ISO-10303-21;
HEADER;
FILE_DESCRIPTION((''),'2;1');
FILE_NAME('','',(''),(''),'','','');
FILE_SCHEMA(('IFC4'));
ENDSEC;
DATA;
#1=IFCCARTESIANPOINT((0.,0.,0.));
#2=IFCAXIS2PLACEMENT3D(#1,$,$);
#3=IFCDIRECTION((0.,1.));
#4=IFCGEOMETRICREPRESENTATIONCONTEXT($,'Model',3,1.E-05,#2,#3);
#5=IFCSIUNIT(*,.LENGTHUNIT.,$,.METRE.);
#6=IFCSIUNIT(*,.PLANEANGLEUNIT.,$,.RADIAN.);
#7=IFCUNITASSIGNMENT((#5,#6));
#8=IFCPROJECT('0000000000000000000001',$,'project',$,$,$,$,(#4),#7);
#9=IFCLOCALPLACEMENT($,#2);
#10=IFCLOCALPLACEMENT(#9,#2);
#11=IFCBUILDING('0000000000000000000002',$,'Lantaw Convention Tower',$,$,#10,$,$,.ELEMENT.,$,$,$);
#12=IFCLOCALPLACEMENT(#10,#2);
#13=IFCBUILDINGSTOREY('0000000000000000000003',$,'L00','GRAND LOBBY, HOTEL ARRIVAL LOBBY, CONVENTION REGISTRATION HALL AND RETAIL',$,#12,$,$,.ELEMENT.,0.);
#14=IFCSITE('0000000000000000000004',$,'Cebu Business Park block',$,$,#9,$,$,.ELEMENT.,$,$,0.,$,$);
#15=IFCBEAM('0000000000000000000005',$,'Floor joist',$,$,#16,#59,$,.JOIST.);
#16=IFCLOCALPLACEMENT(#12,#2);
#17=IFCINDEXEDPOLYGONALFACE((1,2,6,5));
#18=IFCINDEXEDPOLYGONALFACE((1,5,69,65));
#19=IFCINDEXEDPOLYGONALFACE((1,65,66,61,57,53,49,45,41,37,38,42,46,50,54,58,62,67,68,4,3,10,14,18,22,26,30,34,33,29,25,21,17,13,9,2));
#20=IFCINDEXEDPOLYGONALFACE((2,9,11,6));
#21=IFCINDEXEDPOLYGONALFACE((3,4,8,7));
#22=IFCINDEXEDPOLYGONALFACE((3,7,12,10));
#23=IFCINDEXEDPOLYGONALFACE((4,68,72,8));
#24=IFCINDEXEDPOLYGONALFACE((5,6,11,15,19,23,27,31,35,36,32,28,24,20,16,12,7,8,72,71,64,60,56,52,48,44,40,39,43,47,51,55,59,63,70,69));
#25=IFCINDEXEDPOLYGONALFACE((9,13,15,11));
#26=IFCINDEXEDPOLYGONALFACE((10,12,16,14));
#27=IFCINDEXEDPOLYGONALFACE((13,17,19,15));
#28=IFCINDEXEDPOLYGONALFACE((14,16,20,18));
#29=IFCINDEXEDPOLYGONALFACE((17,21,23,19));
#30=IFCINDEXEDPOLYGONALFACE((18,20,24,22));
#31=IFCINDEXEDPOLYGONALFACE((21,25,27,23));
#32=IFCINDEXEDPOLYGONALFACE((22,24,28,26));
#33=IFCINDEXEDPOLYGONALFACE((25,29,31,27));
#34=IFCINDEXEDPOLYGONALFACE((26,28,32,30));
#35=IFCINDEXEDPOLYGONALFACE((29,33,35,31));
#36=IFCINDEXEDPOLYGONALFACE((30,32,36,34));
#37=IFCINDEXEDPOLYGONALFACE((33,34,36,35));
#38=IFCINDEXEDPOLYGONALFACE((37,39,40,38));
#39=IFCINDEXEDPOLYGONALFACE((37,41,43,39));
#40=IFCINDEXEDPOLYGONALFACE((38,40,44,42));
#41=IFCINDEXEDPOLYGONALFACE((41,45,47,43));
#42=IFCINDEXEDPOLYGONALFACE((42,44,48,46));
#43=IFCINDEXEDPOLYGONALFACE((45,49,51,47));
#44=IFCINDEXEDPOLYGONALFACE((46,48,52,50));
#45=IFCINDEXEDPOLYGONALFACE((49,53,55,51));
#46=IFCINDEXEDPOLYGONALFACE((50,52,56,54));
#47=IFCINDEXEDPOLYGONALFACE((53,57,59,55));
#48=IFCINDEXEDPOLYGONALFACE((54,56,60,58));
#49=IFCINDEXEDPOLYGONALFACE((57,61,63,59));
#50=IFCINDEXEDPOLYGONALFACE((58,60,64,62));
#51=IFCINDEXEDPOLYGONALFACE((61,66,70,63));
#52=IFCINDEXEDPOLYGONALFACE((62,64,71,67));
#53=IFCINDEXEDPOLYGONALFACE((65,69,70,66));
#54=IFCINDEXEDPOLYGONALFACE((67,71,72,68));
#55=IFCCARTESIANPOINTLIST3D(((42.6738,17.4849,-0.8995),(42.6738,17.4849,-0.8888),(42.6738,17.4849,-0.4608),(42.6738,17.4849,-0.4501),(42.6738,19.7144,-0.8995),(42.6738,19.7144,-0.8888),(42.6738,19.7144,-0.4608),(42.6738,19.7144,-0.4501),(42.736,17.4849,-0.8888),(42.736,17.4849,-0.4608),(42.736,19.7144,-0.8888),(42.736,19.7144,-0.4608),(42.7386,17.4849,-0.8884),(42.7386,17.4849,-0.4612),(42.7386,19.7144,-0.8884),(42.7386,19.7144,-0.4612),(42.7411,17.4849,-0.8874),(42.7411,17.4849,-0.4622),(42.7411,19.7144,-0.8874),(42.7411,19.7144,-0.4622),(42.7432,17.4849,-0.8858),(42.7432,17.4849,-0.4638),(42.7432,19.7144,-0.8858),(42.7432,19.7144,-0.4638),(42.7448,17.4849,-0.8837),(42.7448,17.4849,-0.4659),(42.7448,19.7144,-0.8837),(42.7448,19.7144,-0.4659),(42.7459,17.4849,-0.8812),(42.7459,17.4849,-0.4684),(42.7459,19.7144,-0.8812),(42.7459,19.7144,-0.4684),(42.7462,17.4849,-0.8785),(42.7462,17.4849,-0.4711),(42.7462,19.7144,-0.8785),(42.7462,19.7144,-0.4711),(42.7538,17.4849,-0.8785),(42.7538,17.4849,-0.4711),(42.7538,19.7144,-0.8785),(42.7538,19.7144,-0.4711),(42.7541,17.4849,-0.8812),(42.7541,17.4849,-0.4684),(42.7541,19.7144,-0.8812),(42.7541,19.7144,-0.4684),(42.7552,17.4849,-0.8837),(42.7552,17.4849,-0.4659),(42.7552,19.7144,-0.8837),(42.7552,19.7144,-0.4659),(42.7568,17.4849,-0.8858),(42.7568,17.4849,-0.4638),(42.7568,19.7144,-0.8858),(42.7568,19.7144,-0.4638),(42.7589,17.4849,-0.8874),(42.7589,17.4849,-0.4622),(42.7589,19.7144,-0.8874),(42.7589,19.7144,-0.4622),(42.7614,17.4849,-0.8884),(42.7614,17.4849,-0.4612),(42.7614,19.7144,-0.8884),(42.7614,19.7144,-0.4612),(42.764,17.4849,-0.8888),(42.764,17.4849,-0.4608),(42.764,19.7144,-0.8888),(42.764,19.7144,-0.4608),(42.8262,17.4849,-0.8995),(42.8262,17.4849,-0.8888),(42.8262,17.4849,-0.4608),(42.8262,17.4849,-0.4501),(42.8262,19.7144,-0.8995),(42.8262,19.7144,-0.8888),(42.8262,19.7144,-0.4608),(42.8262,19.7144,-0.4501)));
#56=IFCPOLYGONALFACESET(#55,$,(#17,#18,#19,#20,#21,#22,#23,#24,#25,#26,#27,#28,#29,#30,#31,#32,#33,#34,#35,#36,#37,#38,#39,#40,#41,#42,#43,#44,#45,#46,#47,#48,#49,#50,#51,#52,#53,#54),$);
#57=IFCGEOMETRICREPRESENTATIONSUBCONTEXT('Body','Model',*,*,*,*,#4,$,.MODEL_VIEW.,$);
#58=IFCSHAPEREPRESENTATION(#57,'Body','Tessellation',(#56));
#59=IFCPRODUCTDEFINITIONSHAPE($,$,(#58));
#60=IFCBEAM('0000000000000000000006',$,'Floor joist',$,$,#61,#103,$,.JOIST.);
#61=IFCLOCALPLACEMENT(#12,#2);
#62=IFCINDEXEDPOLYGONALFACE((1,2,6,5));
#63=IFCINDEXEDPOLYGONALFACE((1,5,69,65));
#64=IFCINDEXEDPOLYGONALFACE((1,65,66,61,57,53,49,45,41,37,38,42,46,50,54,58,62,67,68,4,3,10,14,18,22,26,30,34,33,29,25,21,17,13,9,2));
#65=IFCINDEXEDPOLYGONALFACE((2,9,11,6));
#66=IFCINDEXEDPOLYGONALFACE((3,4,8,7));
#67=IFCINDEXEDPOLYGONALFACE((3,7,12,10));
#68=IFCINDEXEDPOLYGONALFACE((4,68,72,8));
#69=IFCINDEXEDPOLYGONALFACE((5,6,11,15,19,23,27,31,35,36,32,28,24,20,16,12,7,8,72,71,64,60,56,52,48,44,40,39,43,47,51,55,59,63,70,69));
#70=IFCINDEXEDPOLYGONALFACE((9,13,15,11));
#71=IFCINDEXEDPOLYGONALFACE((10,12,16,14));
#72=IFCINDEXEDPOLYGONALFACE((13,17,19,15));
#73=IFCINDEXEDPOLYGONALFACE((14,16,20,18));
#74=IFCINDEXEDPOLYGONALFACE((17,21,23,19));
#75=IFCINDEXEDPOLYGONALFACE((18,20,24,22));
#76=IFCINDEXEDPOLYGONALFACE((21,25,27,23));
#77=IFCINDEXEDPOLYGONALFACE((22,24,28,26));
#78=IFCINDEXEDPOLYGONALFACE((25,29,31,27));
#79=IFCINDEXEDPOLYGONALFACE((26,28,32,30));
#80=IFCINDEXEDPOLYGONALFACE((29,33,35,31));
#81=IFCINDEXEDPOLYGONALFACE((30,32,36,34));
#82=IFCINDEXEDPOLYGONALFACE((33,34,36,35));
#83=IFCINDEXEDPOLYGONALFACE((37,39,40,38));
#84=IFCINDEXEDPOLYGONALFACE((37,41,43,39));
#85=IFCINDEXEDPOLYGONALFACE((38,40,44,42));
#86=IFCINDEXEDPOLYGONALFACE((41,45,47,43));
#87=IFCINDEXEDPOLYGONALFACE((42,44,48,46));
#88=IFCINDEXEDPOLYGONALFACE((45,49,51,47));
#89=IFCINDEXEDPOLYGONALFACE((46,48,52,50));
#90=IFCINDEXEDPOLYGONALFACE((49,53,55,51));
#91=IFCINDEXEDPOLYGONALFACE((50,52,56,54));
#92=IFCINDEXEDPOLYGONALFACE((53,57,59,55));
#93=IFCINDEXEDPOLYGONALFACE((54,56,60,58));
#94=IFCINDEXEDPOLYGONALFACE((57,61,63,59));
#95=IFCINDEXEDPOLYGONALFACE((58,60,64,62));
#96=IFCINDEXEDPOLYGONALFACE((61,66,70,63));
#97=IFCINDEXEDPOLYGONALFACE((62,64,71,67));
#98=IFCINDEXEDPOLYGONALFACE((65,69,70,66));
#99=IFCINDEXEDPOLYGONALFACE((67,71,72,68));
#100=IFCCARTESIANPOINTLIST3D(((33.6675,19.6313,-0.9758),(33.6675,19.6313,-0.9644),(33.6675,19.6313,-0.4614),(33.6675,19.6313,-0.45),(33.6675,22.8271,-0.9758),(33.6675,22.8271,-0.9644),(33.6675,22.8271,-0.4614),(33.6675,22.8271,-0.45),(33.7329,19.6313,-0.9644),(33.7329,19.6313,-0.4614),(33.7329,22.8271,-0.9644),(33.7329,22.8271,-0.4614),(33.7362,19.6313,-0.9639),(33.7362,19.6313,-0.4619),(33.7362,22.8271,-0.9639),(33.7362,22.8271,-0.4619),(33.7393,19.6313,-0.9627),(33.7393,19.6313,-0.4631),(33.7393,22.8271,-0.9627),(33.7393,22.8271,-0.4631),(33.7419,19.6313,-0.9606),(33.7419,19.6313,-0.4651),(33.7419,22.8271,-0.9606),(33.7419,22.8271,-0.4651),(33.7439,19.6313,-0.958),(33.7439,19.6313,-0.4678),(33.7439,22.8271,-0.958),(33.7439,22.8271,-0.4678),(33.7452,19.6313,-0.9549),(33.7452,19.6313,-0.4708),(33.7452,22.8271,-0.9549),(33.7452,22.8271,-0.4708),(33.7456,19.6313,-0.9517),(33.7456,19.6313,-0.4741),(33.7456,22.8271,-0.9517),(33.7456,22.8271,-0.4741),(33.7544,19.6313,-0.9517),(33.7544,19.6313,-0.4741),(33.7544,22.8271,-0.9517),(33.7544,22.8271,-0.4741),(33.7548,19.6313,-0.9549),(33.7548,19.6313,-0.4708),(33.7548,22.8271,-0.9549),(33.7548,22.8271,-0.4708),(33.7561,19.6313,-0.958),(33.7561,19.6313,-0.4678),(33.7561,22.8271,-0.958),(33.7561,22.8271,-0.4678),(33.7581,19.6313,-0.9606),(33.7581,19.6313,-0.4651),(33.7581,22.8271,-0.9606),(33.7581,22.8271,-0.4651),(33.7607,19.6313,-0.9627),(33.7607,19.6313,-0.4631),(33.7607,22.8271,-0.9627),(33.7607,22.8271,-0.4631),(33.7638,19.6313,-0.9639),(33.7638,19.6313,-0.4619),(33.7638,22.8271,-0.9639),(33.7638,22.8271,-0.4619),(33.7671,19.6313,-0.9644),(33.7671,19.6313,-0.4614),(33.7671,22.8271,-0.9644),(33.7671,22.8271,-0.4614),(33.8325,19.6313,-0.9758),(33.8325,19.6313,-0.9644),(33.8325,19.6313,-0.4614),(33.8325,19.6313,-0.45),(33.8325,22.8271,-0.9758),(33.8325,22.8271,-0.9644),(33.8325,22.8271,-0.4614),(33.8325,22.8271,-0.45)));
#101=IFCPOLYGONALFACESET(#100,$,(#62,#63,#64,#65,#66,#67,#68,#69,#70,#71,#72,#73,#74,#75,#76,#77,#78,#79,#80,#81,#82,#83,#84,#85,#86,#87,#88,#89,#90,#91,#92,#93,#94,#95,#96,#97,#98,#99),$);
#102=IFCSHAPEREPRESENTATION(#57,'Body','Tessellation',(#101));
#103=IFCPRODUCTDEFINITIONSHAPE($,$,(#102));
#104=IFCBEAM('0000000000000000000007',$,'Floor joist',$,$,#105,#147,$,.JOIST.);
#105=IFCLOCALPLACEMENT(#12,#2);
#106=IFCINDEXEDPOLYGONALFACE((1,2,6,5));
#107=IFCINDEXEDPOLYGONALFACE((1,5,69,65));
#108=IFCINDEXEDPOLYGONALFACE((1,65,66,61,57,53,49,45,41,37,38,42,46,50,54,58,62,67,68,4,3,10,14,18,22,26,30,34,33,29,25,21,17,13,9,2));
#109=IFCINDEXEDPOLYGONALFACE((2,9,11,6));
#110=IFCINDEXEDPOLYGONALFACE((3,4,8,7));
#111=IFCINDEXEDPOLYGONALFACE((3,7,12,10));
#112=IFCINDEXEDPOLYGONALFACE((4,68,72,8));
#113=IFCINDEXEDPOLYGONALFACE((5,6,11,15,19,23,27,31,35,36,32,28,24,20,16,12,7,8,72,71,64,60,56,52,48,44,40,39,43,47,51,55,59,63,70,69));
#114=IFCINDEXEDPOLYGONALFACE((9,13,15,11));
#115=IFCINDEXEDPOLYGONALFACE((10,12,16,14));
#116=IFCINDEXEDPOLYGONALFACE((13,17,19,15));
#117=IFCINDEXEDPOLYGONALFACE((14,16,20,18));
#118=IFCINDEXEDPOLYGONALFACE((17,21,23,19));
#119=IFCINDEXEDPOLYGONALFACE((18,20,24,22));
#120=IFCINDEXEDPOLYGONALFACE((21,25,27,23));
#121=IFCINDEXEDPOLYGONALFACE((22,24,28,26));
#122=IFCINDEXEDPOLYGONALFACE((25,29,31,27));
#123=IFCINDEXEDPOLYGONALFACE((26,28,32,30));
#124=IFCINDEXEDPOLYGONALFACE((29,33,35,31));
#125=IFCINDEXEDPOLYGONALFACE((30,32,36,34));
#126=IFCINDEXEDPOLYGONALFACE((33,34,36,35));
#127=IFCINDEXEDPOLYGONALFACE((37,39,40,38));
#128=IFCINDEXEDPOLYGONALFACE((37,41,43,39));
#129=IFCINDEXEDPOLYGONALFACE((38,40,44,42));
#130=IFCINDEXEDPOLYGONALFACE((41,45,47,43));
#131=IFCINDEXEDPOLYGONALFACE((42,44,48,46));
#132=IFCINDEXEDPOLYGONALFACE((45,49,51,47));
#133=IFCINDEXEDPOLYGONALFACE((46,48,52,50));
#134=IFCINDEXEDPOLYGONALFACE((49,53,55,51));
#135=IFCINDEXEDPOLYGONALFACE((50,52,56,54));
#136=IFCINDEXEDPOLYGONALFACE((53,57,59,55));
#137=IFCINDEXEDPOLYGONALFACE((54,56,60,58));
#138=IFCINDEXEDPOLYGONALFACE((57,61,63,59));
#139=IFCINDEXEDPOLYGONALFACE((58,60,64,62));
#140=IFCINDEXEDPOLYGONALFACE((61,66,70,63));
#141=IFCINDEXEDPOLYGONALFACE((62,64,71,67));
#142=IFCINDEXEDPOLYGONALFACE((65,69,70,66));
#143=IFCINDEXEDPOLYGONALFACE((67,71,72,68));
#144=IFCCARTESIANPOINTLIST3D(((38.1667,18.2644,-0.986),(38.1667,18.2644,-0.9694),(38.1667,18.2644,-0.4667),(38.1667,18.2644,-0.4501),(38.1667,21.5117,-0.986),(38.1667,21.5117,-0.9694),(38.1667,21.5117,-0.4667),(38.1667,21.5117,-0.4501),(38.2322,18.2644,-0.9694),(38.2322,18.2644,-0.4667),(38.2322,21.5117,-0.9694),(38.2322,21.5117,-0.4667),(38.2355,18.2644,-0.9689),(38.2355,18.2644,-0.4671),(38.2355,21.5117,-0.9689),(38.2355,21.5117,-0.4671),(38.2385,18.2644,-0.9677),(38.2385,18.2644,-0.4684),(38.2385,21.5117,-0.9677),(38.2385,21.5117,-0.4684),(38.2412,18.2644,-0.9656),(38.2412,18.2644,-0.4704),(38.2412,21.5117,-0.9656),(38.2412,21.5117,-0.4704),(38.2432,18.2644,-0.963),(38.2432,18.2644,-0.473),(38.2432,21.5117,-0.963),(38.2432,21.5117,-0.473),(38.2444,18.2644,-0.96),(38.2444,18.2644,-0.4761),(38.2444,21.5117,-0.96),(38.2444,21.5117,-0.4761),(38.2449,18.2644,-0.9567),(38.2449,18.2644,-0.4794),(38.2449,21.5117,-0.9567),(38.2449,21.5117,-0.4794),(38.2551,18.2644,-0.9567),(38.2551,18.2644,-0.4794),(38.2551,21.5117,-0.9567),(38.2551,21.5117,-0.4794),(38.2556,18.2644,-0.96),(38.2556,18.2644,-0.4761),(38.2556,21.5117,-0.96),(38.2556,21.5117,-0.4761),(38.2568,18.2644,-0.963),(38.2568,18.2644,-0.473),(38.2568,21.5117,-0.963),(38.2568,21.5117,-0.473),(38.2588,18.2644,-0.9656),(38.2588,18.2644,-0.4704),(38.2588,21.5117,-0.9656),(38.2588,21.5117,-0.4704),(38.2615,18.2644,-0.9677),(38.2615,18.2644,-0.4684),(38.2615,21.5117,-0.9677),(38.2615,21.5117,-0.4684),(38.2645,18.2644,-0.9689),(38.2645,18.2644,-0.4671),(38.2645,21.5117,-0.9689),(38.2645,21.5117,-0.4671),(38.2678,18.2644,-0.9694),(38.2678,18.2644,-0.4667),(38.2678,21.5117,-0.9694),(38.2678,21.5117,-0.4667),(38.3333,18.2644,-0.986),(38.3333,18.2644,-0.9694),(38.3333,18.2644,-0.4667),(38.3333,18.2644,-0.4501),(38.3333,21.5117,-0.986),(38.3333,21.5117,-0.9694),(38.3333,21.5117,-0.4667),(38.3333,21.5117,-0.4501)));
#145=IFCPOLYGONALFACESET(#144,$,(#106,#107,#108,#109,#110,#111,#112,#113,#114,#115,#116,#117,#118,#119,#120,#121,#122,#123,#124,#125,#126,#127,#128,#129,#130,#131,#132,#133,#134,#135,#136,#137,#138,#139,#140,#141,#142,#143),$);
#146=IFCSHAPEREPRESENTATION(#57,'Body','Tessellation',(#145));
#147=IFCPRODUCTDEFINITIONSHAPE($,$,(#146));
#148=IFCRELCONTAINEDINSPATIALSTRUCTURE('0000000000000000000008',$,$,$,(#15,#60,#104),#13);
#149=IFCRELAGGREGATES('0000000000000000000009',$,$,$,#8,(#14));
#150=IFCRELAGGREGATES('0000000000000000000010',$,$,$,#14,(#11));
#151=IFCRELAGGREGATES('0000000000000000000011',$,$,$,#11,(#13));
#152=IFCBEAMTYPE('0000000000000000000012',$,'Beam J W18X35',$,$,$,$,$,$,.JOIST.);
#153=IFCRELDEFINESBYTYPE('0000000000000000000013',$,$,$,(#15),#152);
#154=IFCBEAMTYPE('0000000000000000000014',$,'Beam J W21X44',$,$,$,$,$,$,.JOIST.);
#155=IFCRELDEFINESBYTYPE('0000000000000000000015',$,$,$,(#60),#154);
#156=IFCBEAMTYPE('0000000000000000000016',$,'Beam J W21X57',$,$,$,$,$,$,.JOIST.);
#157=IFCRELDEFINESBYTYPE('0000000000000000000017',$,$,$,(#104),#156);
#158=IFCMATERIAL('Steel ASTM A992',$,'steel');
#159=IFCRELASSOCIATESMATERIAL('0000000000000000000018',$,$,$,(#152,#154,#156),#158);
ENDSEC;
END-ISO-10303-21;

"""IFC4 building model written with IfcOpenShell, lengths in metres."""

from ifc_helpers import new_model, si_unit, direction, frame, origin, origin_2d, place, context, subcontext, project, spatial, i_section, extrude, material, material_profile, profile_set, type_object, element, save


model = new_model("IFC4")

# Units and contexts
model_context = context("Model", 3, precision=1e-05, world=origin(), true_north=direction((0.0, 1.0)))
body_context = subcontext(model_context, "Body", "Model", "MODEL_VIEW")
ifc_project = project(units=[si_unit("LENGTHUNIT", "METRE"), si_unit("PLANEANGLEUNIT", "RADIAN")], contexts=[model_context])

# Site, building, storey
site_placement = place(None, origin())
site = spatial("IfcSite", under=ifc_project, at=site_placement, Name="Cebu Business Park block", CompositionType="ELEMENT", RefElevation=0.0)
building_placement = place(site_placement, origin())
building = spatial("IfcBuilding", under=site, at=building_placement, Name="Lantaw Convention Tower", CompositionType="ELEMENT")
storey_placement = place(building_placement, origin())
storey = spatial("IfcBuildingStorey", under=building, at=storey_placement, Name="L00", Description="GRAND LOBBY, HOTEL ARRIVAL LOBBY, CONVENTION REGISTRATION HALL AND RETAIL", CompositionType="ELEMENT", Elevation=0.0)

# Beams
ifc_material_1 = material(Name="Steel ASTM A992", Category="steel")
ifc_material_profile_1 = material_profile(ifc_material_1, i_section(OverallWidth=0.1523, OverallDepth=0.4495, WebThickness=0.0076, FlangeThickness=0.0107, FilletRadius=0.0103, at=origin_2d()), Name="W18X35")
ifc_profile_set_1 = profile_set([ifc_material_profile_1], Name="Steel ASTM A992")
beam_type_1 = type_object("IfcBeamType", Name="Beam J W18X35", PredefinedType="JOIST", material=ifc_profile_set_1)
beam_1_placement = place(storey_placement, frame((42.75, 17.4849, -0.6748), z_axis=(0.0, 1.0, 0.0), x_axis=(-1.0, 0.0, 0.0)))
element("IfcBeam", 1, at=beam_1_placement, inside=storey, type_object=beam_type_1, Name="Floor joist", PredefinedType="JOIST", context=body_context, shape_type="SweptSolid", body=[
    extrude(i_section(OverallWidth=0.1523, OverallDepth=0.4495, WebThickness=0.0076, FlangeThickness=0.0107, FilletRadius=0.0103, at=origin_2d()), origin(), (0.0, 0.0, 1.0), 2.2295),
])
ifc_material_profile_2 = material_profile(ifc_material_1, i_section(OverallWidth=0.165, OverallDepth=0.5259, WebThickness=0.0088, FlangeThickness=0.0115, FilletRadius=0.0127, at=origin_2d()), Name="W21X44")
ifc_profile_set_2 = profile_set([ifc_material_profile_2], Name="Steel ASTM A992")
beam_type_2 = type_object("IfcBeamType", Name="Beam J W21X44", PredefinedType="JOIST", material=ifc_profile_set_2)
beam_2_placement = place(storey_placement, frame((33.75, 19.6313, -0.7129), z_axis=(0.0, 1.0, 0.0), x_axis=(-1.0, 0.0, 0.0)))
element("IfcBeam", 2, at=beam_2_placement, inside=storey, type_object=beam_type_2, Name="Floor joist", PredefinedType="JOIST", context=body_context, shape_type="SweptSolid", body=[
    extrude(i_section(OverallWidth=0.165, OverallDepth=0.5259, WebThickness=0.0088, FlangeThickness=0.0115, FilletRadius=0.0127, at=origin_2d()), origin(), (0.0, 0.0, 1.0), 3.1958),
])
ifc_material_profile_3 = material_profile(ifc_material_1, i_section(OverallWidth=0.1665, OverallDepth=0.5359, WebThickness=0.0103, FlangeThickness=0.0166, FilletRadius=0.0127, at=origin_2d()), Name="W21X57")
ifc_profile_set_3 = profile_set([ifc_material_profile_3], Name="Steel ASTM A992")
beam_type_3 = type_object("IfcBeamType", Name="Beam J W21X57", PredefinedType="JOIST", material=ifc_profile_set_3)
beam_3_placement = place(storey_placement, frame((38.25, 18.2644, -0.718), z_axis=(0.0, 1.0, 0.0), x_axis=(-1.0, 0.0, 0.0)))
element("IfcBeam", 3, at=beam_3_placement, inside=storey, type_object=beam_type_3, Name="Floor joist", PredefinedType="JOIST", context=body_context, shape_type="SweptSolid", body=[
    extrude(i_section(OverallWidth=0.1665, OverallDepth=0.5359, WebThickness=0.0103, FlangeThickness=0.0166, FilletRadius=0.0127, at=origin_2d()), origin(), (0.0, 0.0, 1.0), 3.2473),
])

save(model, "model.ifc")
